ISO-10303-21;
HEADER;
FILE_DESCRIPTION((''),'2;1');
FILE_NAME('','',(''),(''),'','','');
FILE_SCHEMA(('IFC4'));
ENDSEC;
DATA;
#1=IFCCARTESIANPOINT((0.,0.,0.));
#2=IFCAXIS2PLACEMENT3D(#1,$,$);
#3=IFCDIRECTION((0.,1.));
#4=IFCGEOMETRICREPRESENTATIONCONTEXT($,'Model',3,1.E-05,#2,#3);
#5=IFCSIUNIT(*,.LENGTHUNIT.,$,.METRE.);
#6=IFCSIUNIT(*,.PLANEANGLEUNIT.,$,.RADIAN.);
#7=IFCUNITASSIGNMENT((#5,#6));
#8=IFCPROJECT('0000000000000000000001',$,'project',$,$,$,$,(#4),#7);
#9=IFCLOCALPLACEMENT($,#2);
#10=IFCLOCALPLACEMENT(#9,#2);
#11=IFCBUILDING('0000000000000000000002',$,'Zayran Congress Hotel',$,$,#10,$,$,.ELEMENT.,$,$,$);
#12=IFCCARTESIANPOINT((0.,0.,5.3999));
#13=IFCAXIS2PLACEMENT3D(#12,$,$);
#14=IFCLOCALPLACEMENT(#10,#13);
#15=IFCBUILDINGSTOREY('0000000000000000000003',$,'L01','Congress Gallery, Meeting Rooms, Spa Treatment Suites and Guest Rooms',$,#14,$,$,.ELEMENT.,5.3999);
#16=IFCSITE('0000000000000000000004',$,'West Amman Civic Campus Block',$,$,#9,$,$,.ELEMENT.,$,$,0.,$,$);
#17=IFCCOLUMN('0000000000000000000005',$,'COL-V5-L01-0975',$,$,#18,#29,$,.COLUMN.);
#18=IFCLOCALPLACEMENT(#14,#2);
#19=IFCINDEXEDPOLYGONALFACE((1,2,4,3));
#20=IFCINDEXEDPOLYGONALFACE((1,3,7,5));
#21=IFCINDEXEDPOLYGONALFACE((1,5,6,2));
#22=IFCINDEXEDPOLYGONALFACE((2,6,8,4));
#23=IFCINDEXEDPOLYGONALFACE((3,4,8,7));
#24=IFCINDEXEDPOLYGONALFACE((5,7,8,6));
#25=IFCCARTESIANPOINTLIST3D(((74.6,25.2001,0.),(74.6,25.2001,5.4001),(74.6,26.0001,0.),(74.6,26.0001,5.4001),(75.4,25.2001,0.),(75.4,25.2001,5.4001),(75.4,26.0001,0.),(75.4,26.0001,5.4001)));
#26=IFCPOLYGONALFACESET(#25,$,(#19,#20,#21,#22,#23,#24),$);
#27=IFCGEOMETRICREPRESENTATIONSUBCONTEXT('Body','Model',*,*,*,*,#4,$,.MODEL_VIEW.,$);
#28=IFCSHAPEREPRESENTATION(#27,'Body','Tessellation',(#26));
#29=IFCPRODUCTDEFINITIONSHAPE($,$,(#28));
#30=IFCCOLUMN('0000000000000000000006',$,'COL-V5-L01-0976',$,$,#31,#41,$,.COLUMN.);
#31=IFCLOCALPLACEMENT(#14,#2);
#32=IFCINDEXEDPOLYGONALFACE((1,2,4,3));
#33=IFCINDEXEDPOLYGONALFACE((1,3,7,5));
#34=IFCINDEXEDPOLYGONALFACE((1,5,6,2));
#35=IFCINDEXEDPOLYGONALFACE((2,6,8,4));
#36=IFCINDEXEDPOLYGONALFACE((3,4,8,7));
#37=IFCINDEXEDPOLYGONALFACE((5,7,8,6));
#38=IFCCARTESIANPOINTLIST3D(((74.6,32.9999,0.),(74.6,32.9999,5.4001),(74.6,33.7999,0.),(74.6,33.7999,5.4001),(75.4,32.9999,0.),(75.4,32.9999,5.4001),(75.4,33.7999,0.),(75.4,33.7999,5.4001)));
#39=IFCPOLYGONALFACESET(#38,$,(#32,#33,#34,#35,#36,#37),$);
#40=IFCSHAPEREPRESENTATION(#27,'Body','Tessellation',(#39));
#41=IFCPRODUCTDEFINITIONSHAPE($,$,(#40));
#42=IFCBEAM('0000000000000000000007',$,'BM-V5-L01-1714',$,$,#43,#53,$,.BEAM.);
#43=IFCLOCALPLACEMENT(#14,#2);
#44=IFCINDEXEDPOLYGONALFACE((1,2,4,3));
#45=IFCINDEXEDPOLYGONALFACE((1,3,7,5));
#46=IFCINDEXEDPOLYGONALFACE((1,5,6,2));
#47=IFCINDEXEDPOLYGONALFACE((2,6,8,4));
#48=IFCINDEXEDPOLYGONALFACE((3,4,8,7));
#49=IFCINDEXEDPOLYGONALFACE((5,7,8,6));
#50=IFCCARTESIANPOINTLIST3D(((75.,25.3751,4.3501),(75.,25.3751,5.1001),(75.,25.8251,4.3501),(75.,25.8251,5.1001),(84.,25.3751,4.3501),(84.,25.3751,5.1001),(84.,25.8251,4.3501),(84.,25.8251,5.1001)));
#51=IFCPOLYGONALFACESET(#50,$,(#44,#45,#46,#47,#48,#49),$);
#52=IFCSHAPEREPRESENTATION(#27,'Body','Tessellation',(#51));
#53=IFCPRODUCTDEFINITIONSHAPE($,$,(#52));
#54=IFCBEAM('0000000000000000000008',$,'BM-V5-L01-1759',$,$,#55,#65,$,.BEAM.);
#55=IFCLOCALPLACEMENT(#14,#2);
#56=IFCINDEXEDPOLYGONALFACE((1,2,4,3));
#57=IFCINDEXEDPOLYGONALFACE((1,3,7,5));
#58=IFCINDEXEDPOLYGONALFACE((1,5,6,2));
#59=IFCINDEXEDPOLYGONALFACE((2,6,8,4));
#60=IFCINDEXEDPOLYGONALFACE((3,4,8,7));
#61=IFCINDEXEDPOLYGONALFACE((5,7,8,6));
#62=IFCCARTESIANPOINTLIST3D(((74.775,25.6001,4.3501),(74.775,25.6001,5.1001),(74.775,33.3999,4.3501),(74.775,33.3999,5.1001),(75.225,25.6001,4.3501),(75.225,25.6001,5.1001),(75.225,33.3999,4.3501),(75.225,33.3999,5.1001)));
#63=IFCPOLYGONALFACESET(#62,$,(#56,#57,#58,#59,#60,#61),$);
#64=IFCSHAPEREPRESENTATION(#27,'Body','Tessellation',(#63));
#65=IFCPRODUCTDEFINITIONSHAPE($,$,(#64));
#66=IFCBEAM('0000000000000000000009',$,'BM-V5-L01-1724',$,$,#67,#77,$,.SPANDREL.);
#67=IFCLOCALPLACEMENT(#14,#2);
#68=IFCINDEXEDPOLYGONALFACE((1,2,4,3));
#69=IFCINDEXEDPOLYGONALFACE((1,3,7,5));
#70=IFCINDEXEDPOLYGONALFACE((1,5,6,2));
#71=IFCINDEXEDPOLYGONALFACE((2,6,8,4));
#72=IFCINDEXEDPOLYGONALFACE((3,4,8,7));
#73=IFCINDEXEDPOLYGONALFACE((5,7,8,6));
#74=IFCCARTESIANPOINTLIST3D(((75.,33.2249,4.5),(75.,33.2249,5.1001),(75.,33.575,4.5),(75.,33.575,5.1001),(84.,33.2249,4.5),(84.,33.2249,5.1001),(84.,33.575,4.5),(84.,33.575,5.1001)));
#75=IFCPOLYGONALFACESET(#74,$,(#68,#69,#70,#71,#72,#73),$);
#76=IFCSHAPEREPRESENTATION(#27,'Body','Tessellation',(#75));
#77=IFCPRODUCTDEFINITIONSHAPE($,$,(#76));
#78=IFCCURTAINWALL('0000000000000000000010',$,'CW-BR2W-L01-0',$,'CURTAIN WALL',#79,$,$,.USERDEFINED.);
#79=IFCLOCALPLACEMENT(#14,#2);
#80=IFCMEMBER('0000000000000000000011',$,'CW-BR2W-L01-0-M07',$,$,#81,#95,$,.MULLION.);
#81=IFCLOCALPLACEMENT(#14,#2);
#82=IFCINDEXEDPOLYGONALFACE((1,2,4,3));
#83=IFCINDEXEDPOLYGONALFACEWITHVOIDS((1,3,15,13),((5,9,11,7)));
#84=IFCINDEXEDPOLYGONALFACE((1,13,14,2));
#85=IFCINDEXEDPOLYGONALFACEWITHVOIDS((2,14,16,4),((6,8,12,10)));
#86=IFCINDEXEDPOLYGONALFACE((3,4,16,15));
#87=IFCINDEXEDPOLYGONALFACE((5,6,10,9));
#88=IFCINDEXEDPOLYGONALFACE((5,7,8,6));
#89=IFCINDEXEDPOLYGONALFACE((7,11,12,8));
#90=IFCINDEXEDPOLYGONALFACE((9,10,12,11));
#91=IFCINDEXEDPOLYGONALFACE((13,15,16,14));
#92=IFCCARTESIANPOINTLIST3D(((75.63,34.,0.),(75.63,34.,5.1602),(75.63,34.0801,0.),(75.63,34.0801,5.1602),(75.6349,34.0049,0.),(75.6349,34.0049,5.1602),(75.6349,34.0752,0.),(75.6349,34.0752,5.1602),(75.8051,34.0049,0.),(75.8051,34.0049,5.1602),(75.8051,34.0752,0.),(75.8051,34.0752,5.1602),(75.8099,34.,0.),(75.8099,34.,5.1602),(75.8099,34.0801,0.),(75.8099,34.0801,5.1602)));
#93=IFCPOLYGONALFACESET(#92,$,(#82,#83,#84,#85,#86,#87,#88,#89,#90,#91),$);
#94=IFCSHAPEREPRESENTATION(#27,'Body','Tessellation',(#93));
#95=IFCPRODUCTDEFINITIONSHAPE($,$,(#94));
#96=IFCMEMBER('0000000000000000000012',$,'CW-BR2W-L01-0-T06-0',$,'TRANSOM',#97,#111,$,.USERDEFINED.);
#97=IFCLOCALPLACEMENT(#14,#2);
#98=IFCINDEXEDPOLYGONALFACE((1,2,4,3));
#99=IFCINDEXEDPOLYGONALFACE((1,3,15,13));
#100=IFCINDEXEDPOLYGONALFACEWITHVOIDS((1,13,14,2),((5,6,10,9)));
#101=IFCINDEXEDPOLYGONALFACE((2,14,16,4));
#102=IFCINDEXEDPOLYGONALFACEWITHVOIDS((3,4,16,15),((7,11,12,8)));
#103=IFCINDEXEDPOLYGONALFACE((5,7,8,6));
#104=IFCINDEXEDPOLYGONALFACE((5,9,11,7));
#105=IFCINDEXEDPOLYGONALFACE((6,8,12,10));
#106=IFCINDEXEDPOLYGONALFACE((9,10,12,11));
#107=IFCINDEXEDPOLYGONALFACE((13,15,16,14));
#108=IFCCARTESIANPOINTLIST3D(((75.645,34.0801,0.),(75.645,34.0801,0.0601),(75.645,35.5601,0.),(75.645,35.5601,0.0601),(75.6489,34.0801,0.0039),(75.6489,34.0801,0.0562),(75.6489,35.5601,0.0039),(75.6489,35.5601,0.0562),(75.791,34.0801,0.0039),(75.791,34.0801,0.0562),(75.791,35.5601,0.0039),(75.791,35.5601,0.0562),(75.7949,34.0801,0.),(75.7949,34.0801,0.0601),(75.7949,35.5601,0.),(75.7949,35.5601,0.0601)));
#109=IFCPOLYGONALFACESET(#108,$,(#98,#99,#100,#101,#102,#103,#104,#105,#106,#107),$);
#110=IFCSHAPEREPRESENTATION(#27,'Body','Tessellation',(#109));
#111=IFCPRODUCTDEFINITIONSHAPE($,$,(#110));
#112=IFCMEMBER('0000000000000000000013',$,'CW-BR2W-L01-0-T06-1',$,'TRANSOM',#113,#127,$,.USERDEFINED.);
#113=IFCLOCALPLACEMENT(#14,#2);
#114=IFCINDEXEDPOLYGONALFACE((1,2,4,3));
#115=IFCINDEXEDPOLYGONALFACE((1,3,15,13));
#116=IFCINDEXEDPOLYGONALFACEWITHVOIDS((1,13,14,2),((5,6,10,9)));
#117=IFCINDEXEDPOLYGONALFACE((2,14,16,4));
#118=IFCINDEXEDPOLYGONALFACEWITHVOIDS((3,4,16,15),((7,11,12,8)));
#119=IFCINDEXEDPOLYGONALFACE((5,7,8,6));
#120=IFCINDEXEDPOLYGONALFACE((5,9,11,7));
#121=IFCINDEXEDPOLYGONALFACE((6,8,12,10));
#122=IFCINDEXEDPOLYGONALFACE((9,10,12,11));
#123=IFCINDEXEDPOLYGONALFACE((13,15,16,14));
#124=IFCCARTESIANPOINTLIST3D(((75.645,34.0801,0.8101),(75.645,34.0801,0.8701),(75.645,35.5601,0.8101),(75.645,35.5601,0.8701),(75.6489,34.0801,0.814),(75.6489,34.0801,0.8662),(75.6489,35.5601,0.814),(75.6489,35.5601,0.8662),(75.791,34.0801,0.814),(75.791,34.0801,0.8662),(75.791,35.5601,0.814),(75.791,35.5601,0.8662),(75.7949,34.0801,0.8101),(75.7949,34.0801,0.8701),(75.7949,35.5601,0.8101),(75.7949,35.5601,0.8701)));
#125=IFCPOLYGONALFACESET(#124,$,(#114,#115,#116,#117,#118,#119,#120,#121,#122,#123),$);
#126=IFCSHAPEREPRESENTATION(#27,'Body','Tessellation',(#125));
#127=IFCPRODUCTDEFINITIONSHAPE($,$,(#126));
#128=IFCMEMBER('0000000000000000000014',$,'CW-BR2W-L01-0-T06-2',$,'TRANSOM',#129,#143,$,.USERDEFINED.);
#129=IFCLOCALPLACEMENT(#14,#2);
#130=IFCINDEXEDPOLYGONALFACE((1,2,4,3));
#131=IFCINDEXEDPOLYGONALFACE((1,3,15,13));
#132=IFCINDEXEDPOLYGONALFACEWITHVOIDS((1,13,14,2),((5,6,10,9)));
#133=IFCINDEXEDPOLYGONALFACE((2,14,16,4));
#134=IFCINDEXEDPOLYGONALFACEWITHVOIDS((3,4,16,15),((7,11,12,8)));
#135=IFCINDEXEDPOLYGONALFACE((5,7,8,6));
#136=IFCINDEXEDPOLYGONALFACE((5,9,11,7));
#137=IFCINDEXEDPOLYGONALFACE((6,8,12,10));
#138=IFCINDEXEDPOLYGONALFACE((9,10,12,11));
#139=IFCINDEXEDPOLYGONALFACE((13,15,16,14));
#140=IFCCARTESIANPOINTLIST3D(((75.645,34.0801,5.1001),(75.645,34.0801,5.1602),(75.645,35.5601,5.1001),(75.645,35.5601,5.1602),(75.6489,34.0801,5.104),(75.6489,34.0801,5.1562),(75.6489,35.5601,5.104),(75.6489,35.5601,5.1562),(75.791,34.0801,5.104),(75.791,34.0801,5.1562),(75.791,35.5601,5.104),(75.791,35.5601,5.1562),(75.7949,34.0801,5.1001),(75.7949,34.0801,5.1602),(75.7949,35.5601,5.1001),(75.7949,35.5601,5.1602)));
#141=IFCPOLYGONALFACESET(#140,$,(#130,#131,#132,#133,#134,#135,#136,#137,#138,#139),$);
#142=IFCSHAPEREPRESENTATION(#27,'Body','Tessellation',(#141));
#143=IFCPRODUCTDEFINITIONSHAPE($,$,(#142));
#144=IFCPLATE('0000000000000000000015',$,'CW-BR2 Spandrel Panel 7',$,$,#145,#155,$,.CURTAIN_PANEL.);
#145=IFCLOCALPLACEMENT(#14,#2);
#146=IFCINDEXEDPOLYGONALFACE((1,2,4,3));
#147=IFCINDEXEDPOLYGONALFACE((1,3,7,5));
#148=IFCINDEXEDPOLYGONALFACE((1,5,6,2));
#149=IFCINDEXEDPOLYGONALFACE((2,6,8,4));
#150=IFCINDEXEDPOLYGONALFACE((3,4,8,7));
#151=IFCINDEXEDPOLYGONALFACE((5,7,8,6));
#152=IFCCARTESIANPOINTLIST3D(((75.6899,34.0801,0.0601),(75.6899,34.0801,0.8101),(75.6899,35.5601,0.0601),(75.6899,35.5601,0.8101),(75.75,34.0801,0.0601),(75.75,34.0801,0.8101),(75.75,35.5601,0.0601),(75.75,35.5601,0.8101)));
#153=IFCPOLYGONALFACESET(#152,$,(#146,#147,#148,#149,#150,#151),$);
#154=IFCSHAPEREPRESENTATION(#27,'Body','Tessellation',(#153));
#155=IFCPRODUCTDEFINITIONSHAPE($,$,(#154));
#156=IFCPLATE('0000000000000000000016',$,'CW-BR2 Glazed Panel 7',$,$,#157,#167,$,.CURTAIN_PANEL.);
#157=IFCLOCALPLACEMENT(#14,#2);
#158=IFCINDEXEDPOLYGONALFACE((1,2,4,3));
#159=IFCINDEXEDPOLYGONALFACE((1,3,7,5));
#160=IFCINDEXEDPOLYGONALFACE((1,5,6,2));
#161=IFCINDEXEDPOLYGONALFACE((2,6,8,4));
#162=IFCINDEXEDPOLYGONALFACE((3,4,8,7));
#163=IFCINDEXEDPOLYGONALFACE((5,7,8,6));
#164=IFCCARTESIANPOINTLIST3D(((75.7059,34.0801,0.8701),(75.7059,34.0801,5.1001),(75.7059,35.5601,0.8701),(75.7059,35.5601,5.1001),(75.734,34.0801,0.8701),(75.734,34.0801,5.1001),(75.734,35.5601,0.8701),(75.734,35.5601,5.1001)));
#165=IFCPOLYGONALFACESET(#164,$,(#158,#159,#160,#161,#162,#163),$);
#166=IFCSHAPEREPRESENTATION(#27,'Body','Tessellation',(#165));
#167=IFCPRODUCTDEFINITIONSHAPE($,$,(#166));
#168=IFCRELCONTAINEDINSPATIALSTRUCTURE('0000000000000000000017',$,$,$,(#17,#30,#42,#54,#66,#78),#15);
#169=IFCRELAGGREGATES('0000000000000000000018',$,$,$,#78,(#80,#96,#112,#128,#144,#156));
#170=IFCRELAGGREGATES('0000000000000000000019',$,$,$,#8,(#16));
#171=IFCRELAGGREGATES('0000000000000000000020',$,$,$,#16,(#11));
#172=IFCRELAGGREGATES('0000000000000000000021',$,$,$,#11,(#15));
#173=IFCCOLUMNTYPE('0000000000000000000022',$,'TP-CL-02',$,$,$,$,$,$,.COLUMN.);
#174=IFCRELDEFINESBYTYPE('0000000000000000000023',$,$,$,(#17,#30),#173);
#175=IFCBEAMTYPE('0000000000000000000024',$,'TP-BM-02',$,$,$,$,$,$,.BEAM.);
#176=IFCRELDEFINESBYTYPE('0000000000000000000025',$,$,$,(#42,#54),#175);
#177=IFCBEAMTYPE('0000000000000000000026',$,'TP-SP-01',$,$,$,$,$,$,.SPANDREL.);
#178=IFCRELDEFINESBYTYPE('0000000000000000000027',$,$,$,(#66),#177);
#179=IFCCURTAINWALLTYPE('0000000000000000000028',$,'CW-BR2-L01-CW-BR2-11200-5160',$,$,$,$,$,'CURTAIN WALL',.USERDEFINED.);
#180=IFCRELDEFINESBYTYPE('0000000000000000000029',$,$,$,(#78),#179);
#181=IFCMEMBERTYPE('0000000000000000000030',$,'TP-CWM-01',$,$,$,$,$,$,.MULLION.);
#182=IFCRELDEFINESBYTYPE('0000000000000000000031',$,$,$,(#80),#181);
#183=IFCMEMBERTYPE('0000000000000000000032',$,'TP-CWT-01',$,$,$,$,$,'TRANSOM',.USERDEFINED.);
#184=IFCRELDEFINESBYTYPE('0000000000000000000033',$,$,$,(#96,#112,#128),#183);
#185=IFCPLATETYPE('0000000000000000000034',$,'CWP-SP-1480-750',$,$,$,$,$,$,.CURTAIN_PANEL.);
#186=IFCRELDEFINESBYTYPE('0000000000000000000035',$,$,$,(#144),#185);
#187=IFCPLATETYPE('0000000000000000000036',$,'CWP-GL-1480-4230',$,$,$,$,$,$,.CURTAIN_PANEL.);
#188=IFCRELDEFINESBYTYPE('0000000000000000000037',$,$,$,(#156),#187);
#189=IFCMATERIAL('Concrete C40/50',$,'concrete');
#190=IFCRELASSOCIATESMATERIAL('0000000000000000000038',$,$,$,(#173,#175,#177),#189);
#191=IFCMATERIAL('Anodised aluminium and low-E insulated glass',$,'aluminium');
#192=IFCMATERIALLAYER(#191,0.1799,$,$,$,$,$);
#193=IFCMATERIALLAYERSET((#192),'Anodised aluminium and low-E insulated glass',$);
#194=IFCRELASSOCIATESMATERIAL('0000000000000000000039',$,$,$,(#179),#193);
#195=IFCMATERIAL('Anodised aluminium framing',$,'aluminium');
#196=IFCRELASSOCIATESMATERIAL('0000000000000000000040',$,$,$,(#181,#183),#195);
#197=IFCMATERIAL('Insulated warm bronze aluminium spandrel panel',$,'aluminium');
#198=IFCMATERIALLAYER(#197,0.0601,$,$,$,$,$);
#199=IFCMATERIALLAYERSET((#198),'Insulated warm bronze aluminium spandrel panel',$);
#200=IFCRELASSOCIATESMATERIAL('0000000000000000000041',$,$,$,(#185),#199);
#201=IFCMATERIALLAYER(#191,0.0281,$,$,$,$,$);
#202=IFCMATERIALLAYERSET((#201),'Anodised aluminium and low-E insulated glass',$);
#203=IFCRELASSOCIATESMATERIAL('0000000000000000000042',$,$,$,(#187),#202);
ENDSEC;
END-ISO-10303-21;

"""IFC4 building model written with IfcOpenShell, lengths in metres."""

from ifc_helpers import new_model, si_unit, direction, frame, origin, origin_2d, place, context, subcontext, project, spatial, rectangle, hollow_rectangle, extrude, material, layer, layer_set, material_profile, profile_set, type_object, element, aggregate, save


model = new_model("IFC4")

# Units and contexts
model_context = context("Model", 3, precision=1e-05, world=origin(), true_north=direction((0.0, 1.0)))
body_context = subcontext(model_context, "Body", "Model", "MODEL_VIEW")
ifc_project = project(units=[si_unit("LENGTHUNIT", "METRE"), si_unit("PLANEANGLEUNIT", "RADIAN")], contexts=[model_context])

# Site, building, storey
site_placement = place(None, origin())
site = spatial("IfcSite", under=ifc_project, at=site_placement, Name="West Amman Civic Campus Block", CompositionType="ELEMENT", RefElevation=0.0)
building_placement = place(site_placement, origin())
building = spatial("IfcBuilding", under=site, at=building_placement, Name="Zayran Congress Hotel", CompositionType="ELEMENT")
storey_placement = place(building_placement, frame((0.0, 0.0, 5.3999)))
storey = spatial("IfcBuildingStorey", under=building, at=storey_placement, Name="L01", Description="Congress Gallery, Meeting Rooms, Spa Treatment Suites and Guest Rooms", CompositionType="ELEMENT", Elevation=5.3999)

# Columns
ifc_material_1 = material(Name="Concrete C40/50", Category="concrete")
ifc_material_profile_1 = material_profile(ifc_material_1, rectangle(XDim=0.8, YDim=0.8, at=origin_2d()), Name="RC 800x800")
ifc_profile_set_1 = profile_set([ifc_material_profile_1], Name="Concrete C40/50")
column_type = type_object("IfcColumnType", Name="TP-CL-02", PredefinedType="COLUMN", material=ifc_profile_set_1)
for number, where, z_axis, x_axis, name in (
    (1, (75.0, 25.6001, 0.0), (0.0, 0.0, 1.0), (1.0, 0.0, 0.0), "COL-V5-L01-0975"),
    (2, (75.0, 33.3999, 0.0), (0.0, 0.0, 1.0), (1.0, 0.0, 0.0), "COL-V5-L01-0976"),
):
    element("IfcColumn", number, at=place(storey_placement, frame(where, z_axis=z_axis, x_axis=x_axis)), inside=storey, type_object=column_type, Name=name, PredefinedType="COLUMN", context=body_context, shape_type="SweptSolid", body=[
        extrude(rectangle(XDim=0.8, YDim=0.8, at=origin_2d()), origin(), (0.0, 0.0, 1.0), 5.4001),
    ])

# Beams
ifc_material_profile_2 = material_profile(ifc_material_1, rectangle(XDim=0.45, YDim=0.75, at=origin_2d()), Name="RC 450x750")
ifc_profile_set_2 = profile_set([ifc_material_profile_2], Name="Concrete C40/50")
beam_type_1 = type_object("IfcBeamType", Name="TP-BM-02", PredefinedType="BEAM", material=ifc_profile_set_2)
beam_1_placement = place(storey_placement, frame((75.0, 25.6001, 4.7251), z_axis=(1.0, 0.0, 0.0), x_axis=(0.0, 1.0, 0.0)))
element("IfcBeam", 3, at=beam_1_placement, inside=storey, type_object=beam_type_1, Name="BM-V5-L01-1714", PredefinedType="BEAM", context=body_context, shape_type="SweptSolid", body=[
    extrude(rectangle(XDim=0.45, YDim=0.75, at=origin_2d()), origin(), (0.0, 0.0, 1.0), 9.0),
])
beam_2_placement = place(storey_placement, frame((75.0, 25.6001, 4.7251), z_axis=(0.0, 1.0, 0.0), x_axis=(-1.0, 0.0, 0.0)))
element("IfcBeam", 4, at=beam_2_placement, inside=storey, type_object=beam_type_1, Name="BM-V5-L01-1759", PredefinedType="BEAM", context=body_context, shape_type="SweptSolid", body=[
    extrude(rectangle(XDim=0.45, YDim=0.75, at=origin_2d()), origin(), (0.0, 0.0, 1.0), 7.7998),
])
ifc_material_profile_3 = material_profile(ifc_material_1, rectangle(XDim=0.3501, YDim=0.6001, at=origin_2d()), Name="RC 350x600")
ifc_profile_set_3 = profile_set([ifc_material_profile_3], Name="Concrete C40/50")
beam_type_2 = type_object("IfcBeamType", Name="TP-SP-01", PredefinedType="SPANDREL", material=ifc_profile_set_3)
beam_3_placement = place(storey_placement, frame((75.0, 33.3999, 4.8), z_axis=(1.0, 0.0, 0.0), x_axis=(0.0, 1.0, 0.0)))
element("IfcBeam", 5, at=beam_3_placement, inside=storey, type_object=beam_type_2, Name="BM-V5-L01-1724", PredefinedType="SPANDREL", context=body_context, shape_type="SweptSolid", body=[
    extrude(rectangle(XDim=0.3501, YDim=0.6001, at=origin_2d()), origin(), (0.0, 0.0, 1.0), 9.0),
])

# Curtain wall, members, plates
ifc_material_2 = material(Name="Anodised aluminium and low-E insulated glass", Category="aluminium")
ifc_layer_1 = layer(ifc_material_2, 0.1799)
ifc_layer_set_1 = layer_set([ifc_layer_1], Name="Anodised aluminium and low-E insulated glass")
curtain_wall_type = type_object("IfcCurtainWallType", Name="CW-BR2-L01-CW-BR2-11200-5160", ElementType="CURTAIN WALL", PredefinedType="USERDEFINED", material=ifc_layer_set_1)
curtain_wall_placement = place(storey_placement, origin())
curtain_wall = element("IfcCurtainWall", 6, at=curtain_wall_placement, inside=storey, type_object=curtain_wall_type, Name="CW-BR2W-L01-0", ObjectType="CURTAIN WALL", PredefinedType="USERDEFINED")
ifc_material_3 = material(Name="Anodised aluminium framing", Category="aluminium")
ifc_material_profile_4 = material_profile(ifc_material_3, hollow_rectangle(XDim=0.0801, YDim=0.1799, WallThickness=0.0049, at=origin_2d()), Name="RHS 180x80x5")
ifc_profile_set_4 = profile_set([ifc_material_profile_4], Name="Anodised aluminium framing")
member_type_1 = type_object("IfcMemberType", Name="TP-CWM-01", PredefinedType="MULLION", material=ifc_profile_set_4)
member_1_placement = place(storey_placement, frame((75.72, 34.04, 0.0), z_axis=(0.0, 0.0, 1.0), x_axis=(0.0, 1.0, 0.0)))
member_1 = element("IfcMember", 7, at=member_1_placement, type_object=member_type_1, Name="CW-BR2W-L01-0-M07", PredefinedType="MULLION", context=body_context, shape_type="SweptSolid", body=[
    extrude(hollow_rectangle(XDim=0.0801, YDim=0.1799, WallThickness=0.0049, at=origin_2d()), origin(), (0.0, 0.0, 1.0), 5.1602),
])
ifc_material_profile_5 = material_profile(ifc_material_3, hollow_rectangle(XDim=0.0601, YDim=0.1499, WallThickness=0.0039, at=origin_2d()), Name="RHS 150x60x4")
ifc_profile_set_5 = profile_set([ifc_material_profile_5], Name="Anodised aluminium framing")
member_type_2 = type_object("IfcMemberType", Name="TP-CWT-01", ElementType="TRANSOM", PredefinedType="USERDEFINED", material=ifc_profile_set_5)
member_2_placement = place(storey_placement, frame((75.72, 35.5601, 0.03), z_axis=(0.0, -1.0, 0.0), x_axis=(0.0, 0.0, 1.0)))
member_2 = element("IfcMember", 8, at=member_2_placement, type_object=member_type_2, Name="CW-BR2W-L01-0-T06-0", ObjectType="TRANSOM", PredefinedType="USERDEFINED", context=body_context, shape_type="SweptSolid", body=[
    extrude(hollow_rectangle(XDim=0.0601, YDim=0.1499, WallThickness=0.0039, at=origin_2d()), origin(), (0.0, 0.0, 1.0), 1.48),
])
member_3_placement = place(storey_placement, frame((75.72, 35.5601, 0.8401), z_axis=(0.0, -1.0, 0.0), x_axis=(0.0, 0.0, 1.0)))
member_3 = element("IfcMember", 9, at=member_3_placement, type_object=member_type_2, Name="CW-BR2W-L01-0-T06-1", ObjectType="TRANSOM", PredefinedType="USERDEFINED", context=body_context, shape_type="SweptSolid", body=[
    extrude(hollow_rectangle(XDim=0.0601, YDim=0.1499, WallThickness=0.0039, at=origin_2d()), origin(), (0.0, 0.0, 1.0), 1.48),
])
member_4_placement = place(storey_placement, frame((75.72, 35.5601, 5.1301), z_axis=(0.0, -1.0, 0.0), x_axis=(0.0, 0.0, 1.0)))
member_4 = element("IfcMember", 10, at=member_4_placement, type_object=member_type_2, Name="CW-BR2W-L01-0-T06-2", ObjectType="TRANSOM", PredefinedType="USERDEFINED", context=body_context, shape_type="SweptSolid", body=[
    extrude(hollow_rectangle(XDim=0.0601, YDim=0.1499, WallThickness=0.0039, at=origin_2d()), origin(), (0.0, 0.0, 1.0), 1.48),
])
ifc_material_4 = material(Name="Insulated warm bronze aluminium spandrel panel", Category="aluminium")
ifc_layer_2 = layer(ifc_material_4, 0.0601)
ifc_layer_set_2 = layer_set([ifc_layer_2], Name="Insulated warm bronze aluminium spandrel panel")
plate_type_1 = type_object("IfcPlateType", Name="CWP-SP-1480-750", PredefinedType="CURTAIN_PANEL", material=ifc_layer_set_2)
plate_1_placement = place(storey_placement, frame((75.72, 34.8201, 0.0601), z_axis=(0.0, 0.0, 1.0), x_axis=(0.0, 1.0, 0.0)))
plate_1 = element("IfcPlate", 11, at=plate_1_placement, type_object=plate_type_1, Name="CW-BR2 Spandrel Panel 7", PredefinedType="CURTAIN_PANEL", context=body_context, shape_type="SweptSolid", body=[
    extrude(rectangle(XDim=1.48, YDim=0.0601, at=origin_2d()), origin(), (0.0, 0.0, 1.0), 0.75),
])
ifc_layer_3 = layer(ifc_material_2, 0.0281)
ifc_layer_set_3 = layer_set([ifc_layer_3], Name="Anodised aluminium and low-E insulated glass")
plate_type_2 = type_object("IfcPlateType", Name="CWP-GL-1480-4230", PredefinedType="CURTAIN_PANEL", material=ifc_layer_set_3)
plate_2_placement = place(storey_placement, frame((75.72, 34.8201, 0.8701), z_axis=(0.0, 0.0, 1.0), x_axis=(0.0, 1.0, 0.0)))
plate_2 = element("IfcPlate", 12, at=plate_2_placement, type_object=plate_type_2, Name="CW-BR2 Glazed Panel 7", PredefinedType="CURTAIN_PANEL", context=body_context, shape_type="SweptSolid", body=[
    extrude(rectangle(XDim=1.48, YDim=0.0281, at=origin_2d()), origin(), (0.0, 0.0, 1.0), 4.23),
])
aggregate(curtain_wall, [member_1, member_2, member_3, member_4, plate_1, plate_2])

save(model, "model.ifc")
